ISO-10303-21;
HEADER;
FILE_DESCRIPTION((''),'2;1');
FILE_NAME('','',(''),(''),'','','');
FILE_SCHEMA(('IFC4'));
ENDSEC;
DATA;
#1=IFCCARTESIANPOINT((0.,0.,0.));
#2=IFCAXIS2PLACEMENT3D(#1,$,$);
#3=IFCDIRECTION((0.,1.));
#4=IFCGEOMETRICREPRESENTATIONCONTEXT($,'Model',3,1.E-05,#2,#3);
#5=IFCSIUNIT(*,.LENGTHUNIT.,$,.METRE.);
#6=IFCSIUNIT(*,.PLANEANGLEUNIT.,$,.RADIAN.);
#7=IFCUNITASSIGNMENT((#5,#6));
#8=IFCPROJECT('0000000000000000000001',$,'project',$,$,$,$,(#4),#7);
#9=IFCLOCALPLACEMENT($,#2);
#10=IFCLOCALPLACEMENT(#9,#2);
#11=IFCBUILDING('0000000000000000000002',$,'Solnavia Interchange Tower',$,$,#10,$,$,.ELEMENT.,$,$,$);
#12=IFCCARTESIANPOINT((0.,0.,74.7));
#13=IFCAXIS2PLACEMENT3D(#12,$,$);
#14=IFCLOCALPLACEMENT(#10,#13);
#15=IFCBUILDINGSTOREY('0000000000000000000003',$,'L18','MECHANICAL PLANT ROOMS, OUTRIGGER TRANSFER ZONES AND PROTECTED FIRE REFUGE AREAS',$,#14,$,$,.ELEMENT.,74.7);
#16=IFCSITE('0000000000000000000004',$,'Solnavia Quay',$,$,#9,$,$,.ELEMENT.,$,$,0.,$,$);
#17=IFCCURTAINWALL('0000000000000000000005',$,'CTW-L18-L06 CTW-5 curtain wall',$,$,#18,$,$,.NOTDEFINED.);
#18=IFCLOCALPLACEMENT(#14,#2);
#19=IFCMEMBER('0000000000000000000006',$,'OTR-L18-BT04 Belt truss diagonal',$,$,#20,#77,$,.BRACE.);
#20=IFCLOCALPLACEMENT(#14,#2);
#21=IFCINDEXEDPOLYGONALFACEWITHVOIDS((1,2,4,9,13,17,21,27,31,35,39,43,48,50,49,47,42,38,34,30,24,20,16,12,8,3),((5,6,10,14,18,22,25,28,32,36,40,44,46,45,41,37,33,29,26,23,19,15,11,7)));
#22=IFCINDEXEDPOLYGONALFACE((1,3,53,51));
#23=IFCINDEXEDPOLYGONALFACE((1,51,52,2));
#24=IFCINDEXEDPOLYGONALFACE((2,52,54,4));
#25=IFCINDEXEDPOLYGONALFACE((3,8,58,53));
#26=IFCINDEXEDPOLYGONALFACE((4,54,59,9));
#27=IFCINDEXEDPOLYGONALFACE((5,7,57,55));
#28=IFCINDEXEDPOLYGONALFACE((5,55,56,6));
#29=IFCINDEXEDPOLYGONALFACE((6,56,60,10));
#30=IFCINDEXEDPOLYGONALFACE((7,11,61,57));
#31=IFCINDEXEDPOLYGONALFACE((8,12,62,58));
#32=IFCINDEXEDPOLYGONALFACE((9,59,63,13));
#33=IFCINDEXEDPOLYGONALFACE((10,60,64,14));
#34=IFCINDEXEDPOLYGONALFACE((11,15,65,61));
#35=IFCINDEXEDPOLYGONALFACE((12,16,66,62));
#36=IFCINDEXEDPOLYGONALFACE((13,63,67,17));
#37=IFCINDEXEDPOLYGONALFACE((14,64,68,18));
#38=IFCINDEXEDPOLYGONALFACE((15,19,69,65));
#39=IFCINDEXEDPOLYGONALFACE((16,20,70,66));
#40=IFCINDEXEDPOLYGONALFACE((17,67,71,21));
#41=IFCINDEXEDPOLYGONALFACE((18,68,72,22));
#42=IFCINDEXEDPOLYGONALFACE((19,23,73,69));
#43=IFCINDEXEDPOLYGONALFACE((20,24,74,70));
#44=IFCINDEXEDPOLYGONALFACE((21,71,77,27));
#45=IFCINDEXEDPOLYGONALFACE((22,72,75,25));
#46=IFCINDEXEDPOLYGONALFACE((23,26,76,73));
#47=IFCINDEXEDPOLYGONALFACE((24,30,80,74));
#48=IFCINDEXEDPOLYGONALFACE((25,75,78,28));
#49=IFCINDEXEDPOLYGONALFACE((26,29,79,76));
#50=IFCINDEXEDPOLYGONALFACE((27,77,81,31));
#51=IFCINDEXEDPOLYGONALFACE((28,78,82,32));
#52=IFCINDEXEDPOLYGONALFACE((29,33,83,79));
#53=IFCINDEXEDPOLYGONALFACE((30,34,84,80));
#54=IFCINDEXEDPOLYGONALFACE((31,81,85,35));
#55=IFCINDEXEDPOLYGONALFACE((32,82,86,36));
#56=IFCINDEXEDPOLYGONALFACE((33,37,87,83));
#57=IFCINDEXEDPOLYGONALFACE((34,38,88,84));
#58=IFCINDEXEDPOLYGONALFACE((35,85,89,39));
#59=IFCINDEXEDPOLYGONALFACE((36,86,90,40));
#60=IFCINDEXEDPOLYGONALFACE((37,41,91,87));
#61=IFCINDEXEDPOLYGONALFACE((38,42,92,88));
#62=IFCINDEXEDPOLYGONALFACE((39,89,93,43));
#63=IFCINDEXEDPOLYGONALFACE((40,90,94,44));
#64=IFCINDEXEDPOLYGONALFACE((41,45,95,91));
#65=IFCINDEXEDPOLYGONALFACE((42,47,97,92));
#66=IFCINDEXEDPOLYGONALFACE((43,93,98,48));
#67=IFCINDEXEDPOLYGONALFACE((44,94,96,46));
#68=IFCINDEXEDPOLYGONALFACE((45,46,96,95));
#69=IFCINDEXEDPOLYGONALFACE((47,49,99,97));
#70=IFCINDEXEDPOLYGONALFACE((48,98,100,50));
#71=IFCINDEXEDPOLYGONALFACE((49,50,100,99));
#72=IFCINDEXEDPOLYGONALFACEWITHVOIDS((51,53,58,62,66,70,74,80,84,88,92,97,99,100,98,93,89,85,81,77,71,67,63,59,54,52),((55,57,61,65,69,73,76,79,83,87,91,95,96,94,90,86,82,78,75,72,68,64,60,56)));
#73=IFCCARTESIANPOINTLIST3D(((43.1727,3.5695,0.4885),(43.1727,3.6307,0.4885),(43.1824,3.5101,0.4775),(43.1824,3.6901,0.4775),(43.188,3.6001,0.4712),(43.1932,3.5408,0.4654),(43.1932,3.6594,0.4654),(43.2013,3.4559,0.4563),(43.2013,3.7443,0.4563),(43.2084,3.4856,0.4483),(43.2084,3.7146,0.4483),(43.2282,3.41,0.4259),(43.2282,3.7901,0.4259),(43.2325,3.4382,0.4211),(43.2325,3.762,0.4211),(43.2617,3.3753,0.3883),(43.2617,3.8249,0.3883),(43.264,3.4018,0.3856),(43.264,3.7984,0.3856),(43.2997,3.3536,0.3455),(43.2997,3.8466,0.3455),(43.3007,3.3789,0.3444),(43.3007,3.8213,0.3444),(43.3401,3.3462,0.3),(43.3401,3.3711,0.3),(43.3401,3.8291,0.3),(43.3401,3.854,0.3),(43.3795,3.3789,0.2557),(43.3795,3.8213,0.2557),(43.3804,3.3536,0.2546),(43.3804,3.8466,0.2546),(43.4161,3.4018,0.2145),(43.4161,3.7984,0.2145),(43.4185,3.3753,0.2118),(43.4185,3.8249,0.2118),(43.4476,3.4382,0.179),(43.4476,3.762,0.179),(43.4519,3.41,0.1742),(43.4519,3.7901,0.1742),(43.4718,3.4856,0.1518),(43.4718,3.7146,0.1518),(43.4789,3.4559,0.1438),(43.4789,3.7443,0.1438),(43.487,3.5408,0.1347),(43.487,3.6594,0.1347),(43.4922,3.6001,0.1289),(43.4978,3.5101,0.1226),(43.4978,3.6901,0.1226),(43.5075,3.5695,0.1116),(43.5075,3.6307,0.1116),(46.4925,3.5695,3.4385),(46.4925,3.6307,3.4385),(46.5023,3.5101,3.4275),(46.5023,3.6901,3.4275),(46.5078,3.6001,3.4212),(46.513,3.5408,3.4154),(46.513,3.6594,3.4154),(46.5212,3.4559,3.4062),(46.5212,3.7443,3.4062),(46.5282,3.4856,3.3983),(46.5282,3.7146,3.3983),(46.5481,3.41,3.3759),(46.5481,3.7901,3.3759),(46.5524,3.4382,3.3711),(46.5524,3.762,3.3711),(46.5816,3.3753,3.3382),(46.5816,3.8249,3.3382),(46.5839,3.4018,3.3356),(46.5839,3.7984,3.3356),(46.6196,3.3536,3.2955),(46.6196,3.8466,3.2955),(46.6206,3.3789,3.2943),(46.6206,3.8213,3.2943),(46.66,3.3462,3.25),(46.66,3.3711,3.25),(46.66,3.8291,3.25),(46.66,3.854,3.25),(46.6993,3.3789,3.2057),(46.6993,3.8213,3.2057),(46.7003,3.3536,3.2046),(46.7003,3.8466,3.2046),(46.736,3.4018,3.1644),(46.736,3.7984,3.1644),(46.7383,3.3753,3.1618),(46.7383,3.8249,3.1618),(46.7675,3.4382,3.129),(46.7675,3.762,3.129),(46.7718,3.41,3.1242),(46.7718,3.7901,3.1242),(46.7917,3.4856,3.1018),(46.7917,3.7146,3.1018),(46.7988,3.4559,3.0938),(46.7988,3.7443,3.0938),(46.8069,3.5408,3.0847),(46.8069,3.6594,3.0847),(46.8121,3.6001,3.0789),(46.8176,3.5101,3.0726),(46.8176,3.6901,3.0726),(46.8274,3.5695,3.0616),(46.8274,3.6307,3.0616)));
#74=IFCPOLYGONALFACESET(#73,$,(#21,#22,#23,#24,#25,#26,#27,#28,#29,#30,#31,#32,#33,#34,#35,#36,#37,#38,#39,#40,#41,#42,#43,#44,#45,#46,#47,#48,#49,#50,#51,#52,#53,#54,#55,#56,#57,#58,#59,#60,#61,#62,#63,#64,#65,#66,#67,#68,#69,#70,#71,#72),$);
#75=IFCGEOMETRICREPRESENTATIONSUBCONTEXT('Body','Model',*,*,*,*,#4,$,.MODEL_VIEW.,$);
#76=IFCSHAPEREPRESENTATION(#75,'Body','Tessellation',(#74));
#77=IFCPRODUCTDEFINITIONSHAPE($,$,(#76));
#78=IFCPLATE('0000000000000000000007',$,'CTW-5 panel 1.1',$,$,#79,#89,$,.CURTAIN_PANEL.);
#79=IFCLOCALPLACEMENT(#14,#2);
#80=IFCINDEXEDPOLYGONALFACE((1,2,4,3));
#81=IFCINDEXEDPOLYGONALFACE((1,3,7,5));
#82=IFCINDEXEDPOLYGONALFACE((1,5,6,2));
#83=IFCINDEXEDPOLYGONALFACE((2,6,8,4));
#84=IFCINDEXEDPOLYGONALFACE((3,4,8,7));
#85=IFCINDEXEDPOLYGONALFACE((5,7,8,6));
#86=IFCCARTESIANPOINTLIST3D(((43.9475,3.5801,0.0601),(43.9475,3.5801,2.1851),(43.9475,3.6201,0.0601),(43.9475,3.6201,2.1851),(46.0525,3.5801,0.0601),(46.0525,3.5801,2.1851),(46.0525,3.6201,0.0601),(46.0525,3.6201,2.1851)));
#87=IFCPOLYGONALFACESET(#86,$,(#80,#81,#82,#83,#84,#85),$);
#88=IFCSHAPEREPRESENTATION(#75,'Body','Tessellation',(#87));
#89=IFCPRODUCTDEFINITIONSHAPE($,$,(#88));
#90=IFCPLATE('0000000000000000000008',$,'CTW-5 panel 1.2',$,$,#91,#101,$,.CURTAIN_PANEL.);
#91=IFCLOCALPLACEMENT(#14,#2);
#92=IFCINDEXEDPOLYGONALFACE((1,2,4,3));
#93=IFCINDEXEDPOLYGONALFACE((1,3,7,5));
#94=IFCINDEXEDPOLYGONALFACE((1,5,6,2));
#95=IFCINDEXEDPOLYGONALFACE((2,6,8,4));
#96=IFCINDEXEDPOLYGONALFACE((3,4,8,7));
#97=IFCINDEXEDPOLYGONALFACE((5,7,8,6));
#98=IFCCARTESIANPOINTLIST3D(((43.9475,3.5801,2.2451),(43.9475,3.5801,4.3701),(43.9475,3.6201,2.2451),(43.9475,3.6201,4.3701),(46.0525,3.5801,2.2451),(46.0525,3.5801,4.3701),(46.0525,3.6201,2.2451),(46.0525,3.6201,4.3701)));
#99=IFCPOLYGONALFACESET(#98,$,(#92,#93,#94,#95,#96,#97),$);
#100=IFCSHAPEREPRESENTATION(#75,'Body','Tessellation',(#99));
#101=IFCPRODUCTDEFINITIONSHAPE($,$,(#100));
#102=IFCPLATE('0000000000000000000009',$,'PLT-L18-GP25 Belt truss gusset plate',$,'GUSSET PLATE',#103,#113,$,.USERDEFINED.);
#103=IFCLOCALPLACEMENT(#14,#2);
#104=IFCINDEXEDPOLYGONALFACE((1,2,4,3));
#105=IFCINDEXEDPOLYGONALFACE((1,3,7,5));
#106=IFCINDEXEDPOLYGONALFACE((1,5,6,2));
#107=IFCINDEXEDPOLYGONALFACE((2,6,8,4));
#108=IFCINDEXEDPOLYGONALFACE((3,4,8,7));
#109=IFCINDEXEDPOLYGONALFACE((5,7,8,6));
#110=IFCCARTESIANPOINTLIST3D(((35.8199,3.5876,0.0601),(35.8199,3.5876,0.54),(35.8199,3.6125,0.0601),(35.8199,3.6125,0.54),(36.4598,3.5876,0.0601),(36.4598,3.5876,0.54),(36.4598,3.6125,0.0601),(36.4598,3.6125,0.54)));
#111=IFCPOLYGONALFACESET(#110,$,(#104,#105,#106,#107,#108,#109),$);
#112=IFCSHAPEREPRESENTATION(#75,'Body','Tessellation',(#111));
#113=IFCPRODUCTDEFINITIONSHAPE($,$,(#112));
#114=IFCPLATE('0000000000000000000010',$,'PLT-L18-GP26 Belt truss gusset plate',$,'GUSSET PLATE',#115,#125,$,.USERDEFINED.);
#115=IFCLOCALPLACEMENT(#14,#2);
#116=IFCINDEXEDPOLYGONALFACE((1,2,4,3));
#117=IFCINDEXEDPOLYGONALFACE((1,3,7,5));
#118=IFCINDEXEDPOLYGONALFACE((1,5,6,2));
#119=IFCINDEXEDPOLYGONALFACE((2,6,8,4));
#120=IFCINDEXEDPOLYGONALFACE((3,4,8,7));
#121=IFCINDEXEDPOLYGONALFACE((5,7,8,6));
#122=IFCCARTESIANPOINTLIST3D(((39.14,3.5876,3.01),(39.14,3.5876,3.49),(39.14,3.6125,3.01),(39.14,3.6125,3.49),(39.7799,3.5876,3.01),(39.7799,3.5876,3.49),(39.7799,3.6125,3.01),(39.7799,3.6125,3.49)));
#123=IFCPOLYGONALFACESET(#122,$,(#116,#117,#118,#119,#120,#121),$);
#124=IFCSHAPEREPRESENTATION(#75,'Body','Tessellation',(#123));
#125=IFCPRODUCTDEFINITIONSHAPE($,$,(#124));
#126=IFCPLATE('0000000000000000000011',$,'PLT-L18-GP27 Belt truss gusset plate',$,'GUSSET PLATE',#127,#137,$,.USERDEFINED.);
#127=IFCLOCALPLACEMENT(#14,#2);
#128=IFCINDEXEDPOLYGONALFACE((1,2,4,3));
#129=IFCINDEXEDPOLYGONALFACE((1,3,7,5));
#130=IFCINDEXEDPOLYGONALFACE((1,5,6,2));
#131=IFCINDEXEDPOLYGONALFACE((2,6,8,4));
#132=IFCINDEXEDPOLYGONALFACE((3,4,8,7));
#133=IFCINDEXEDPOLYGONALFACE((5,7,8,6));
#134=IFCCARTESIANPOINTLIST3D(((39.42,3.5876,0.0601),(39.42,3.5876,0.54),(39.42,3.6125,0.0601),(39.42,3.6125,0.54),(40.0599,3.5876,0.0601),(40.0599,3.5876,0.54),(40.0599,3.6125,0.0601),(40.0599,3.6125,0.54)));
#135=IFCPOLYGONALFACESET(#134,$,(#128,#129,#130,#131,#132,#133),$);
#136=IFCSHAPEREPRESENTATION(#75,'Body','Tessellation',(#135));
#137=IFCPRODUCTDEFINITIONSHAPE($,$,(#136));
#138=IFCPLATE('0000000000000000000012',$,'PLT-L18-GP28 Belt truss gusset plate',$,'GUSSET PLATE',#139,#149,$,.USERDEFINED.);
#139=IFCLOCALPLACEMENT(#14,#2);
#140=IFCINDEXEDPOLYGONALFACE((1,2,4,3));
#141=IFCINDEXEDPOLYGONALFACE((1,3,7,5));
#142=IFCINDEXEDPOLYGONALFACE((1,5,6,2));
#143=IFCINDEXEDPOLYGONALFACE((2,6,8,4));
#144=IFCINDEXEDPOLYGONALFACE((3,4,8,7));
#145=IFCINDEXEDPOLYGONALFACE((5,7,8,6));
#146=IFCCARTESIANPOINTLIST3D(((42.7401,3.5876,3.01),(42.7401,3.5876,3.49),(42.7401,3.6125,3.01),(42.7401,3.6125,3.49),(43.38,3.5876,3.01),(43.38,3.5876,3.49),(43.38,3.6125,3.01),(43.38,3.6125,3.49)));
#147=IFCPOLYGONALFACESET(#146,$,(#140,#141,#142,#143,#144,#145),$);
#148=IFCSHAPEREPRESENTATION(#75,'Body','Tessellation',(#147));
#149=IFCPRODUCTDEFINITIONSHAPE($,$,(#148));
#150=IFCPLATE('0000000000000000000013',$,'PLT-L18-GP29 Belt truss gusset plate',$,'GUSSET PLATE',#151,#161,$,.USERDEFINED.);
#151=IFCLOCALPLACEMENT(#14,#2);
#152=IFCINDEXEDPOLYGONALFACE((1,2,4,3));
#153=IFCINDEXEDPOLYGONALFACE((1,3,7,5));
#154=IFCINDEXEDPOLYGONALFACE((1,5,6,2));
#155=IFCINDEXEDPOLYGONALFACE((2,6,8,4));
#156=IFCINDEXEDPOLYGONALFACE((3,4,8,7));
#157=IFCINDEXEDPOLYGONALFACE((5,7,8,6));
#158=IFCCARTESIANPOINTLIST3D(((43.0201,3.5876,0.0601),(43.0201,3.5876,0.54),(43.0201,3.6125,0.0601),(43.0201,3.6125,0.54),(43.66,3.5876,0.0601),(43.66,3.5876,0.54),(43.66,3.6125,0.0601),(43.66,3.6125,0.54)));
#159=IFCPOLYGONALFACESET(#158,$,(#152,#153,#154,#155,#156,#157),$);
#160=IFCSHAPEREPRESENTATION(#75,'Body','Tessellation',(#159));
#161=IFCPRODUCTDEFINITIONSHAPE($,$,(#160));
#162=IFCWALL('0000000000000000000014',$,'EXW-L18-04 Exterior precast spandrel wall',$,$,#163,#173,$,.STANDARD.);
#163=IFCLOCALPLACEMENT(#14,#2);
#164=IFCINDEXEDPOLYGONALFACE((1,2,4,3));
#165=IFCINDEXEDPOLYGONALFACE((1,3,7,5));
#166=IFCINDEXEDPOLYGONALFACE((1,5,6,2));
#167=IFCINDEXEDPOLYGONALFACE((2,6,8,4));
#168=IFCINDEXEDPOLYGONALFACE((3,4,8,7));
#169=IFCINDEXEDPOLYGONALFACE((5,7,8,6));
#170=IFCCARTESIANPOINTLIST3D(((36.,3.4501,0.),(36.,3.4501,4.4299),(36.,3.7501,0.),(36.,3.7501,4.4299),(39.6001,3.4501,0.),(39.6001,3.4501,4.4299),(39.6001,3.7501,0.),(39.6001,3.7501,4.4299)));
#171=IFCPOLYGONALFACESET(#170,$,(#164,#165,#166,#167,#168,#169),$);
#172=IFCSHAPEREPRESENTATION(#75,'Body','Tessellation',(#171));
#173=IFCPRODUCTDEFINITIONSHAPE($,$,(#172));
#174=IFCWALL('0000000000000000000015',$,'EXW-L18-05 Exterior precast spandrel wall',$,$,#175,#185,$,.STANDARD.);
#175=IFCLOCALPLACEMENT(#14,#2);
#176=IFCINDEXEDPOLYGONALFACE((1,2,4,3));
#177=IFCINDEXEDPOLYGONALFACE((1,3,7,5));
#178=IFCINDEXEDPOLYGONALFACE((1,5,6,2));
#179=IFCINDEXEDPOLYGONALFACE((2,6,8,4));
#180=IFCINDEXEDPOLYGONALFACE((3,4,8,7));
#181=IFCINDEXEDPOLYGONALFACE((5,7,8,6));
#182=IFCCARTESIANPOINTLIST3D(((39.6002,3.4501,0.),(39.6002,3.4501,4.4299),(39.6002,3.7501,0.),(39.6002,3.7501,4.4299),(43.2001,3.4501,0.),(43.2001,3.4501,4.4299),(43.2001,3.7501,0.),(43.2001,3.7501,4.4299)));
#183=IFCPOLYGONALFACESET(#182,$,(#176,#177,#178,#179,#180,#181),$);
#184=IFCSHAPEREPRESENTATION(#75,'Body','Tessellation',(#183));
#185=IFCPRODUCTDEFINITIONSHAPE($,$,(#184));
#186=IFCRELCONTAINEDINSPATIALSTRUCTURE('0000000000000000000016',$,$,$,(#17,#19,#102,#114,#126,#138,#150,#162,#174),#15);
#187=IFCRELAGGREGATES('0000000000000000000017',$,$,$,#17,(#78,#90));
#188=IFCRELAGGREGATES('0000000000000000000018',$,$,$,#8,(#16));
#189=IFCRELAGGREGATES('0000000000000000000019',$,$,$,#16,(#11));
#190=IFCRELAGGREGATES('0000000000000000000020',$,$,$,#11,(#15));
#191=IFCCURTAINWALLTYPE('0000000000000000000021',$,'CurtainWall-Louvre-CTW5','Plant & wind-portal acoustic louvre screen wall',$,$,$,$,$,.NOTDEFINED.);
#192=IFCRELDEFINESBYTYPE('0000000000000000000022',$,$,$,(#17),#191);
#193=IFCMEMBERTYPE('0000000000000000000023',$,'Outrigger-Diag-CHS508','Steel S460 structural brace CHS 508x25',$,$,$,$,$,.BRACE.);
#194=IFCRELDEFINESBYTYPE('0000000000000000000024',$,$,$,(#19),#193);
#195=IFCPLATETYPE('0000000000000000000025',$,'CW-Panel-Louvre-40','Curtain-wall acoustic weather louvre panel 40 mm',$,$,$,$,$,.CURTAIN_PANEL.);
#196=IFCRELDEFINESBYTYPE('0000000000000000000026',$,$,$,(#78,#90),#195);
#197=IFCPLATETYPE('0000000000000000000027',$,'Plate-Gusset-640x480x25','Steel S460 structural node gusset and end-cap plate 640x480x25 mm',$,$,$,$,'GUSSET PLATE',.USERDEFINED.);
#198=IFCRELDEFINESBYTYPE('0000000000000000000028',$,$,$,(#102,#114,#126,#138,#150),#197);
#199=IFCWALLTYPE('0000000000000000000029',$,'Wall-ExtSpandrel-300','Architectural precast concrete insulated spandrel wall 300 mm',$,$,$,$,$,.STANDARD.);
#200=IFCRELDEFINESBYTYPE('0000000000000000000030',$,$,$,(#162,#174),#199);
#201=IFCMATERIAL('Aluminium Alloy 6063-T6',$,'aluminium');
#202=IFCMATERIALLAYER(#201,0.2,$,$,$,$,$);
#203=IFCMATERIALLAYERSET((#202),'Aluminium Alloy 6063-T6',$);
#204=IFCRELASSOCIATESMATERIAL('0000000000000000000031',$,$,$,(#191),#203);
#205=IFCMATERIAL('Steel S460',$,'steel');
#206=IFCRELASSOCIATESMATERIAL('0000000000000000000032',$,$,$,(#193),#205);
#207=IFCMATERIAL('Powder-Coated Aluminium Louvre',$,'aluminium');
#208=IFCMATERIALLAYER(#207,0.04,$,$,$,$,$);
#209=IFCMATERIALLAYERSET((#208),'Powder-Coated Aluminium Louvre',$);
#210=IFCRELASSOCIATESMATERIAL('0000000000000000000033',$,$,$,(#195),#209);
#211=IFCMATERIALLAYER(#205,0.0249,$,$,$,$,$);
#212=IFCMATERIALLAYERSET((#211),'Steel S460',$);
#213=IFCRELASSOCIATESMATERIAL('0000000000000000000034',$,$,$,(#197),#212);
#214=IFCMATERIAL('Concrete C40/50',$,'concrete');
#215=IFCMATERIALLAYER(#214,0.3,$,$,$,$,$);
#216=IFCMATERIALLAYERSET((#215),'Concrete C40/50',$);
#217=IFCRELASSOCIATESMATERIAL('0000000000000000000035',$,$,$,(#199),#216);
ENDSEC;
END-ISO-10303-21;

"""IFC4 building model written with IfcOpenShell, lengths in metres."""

from ifc_helpers import new_model, si_unit, direction, frame, frame_2d, origin, origin_2d, place, context, subcontext, project, spatial, rectangle, hollow_circle, extrude, material, layer, layer_set, material_profile, profile_set, type_object, element, aggregate, save


model = new_model("IFC4")

# Units and contexts
model_context = context("Model", 3, precision=1e-05, world=origin(), true_north=direction((0.0, 1.0)))
body_context = subcontext(model_context, "Body", "Model", "MODEL_VIEW")
ifc_project = project(units=[si_unit("LENGTHUNIT", "METRE"), si_unit("PLANEANGLEUNIT", "RADIAN")], contexts=[model_context])

# Site, building, storey
site_placement = place(None, origin())
site = spatial("IfcSite", under=ifc_project, at=site_placement, Name="Solnavia Quay", CompositionType="ELEMENT", RefElevation=0.0)
building_placement = place(site_placement, origin())
building = spatial("IfcBuilding", under=site, at=building_placement, Name="Solnavia Interchange Tower", CompositionType="ELEMENT")
storey_placement = place(building_placement, frame((0.0, 0.0, 74.7)))
storey = spatial("IfcBuildingStorey", under=building, at=storey_placement, Name="L18", Description="MECHANICAL PLANT ROOMS, OUTRIGGER TRANSFER ZONES AND PROTECTED FIRE REFUGE AREAS", CompositionType="ELEMENT", Elevation=74.7)

# Shared definitions
ifc_material_1 = material(Name="Steel S460", Category="steel")

# Curtain wall
ifc_material_2 = material(Name="Aluminium Alloy 6063-T6", Category="aluminium")
ifc_layer_1 = layer(ifc_material_2, 0.2)
ifc_layer_set_1 = layer_set([ifc_layer_1], Name="Aluminium Alloy 6063-T6")
curtain_wall_type = type_object("IfcCurtainWallType", Name="CurtainWall-Louvre-CTW5", Description="Plant & wind-portal acoustic louvre screen wall", PredefinedType="NOTDEFINED", material=ifc_layer_set_1)
curtain_wall_placement = place(storey_placement, origin())
curtain_wall = element("IfcCurtainWall", 1, at=curtain_wall_placement, inside=storey, type_object=curtain_wall_type, Name="CTW-L18-L06 CTW-5 curtain wall", PredefinedType="NOTDEFINED")

# Member
ifc_material_profile_1 = material_profile(ifc_material_1, hollow_circle(Radius=0.2539, WallThickness=0.0249, at=origin_2d()), Name="CHS 508x25")
ifc_profile_set_1 = profile_set([ifc_material_profile_1], Name="Steel S460")
member_type_1 = type_object("IfcMemberType", Name="Outrigger-Diag-CHS508", Description="Steel S460 structural brace CHS 508x25", PredefinedType="BRACE", material=ifc_profile_set_1)
member_1_placement = place(storey_placement, frame((43.3401, 3.6001, 0.3), z_axis=(0.747522, 0.0, 0.664238), x_axis=(0.0, 1.0, 0.0)))
element("IfcMember", 2, at=member_1_placement, inside=storey, type_object=member_type_1, Name="OTR-L18-BT04 Belt truss diagonal", PredefinedType="BRACE", context=body_context, shape_type="SweptSolid", body=[
    extrude(hollow_circle(Radius=0.2539, WallThickness=0.0249, at=origin_2d()), origin(), (0.0, 0.0, 1.0), 4.4412),
])

# Plates
ifc_material_3 = material(Name="Powder-Coated Aluminium Louvre", Category="aluminium")
ifc_layer_2 = layer(ifc_material_3, 0.04)
ifc_layer_set_2 = layer_set([ifc_layer_2], Name="Powder-Coated Aluminium Louvre")
plate_type_1 = type_object("IfcPlateType", Name="CW-Panel-Louvre-40", Description="Curtain-wall acoustic weather louvre panel 40 mm", PredefinedType="CURTAIN_PANEL", material=ifc_layer_set_2)
plate_1_placement = place(storey_placement, frame((45.0, 3.6001, 0.0601), z_axis=(0.0, 0.0, 1.0), x_axis=(1.0, 0.0, 0.0)))
plate_1 = element("IfcPlate", 3, at=plate_1_placement, type_object=plate_type_1, Name="CTW-5 panel 1.1", PredefinedType="CURTAIN_PANEL", context=body_context, shape_type="SweptSolid", body=[
    extrude(rectangle(XDim=2.105, YDim=0.04, at=origin_2d()), origin(), (0.0, 0.0, 1.0), 2.125),
])
plate_2_placement = place(storey_placement, frame((45.0, 3.6001, 2.2451), z_axis=(0.0, 0.0, 1.0), x_axis=(1.0, 0.0, 0.0)))
plate_2 = element("IfcPlate", 4, at=plate_2_placement, type_object=plate_type_1, Name="CTW-5 panel 1.2", PredefinedType="CURTAIN_PANEL", context=body_context, shape_type="SweptSolid", body=[
    extrude(rectangle(XDim=2.105, YDim=0.04, at=origin_2d()), origin(), (0.0, 0.0, 1.0), 2.125),
])
aggregate(curtain_wall, [plate_1, plate_2])

# Plates
ifc_layer_3 = layer(ifc_material_1, 0.0249)
ifc_layer_set_3 = layer_set([ifc_layer_3], Name="Steel S460")
plate_type_2 = type_object("IfcPlateType", Name="Plate-Gusset-640x480x25", Description="Steel S460 structural node gusset and end-cap plate 640x480x25 mm", ElementType="GUSSET PLATE", PredefinedType="USERDEFINED", material=ifc_layer_set_3)
for number, where, z_axis, x_axis, name in (
    (5, (36.1399, 3.6001, 0.0601), (0.0, 0.0, 1.0), (1.0, 0.0, 0.0), "PLT-L18-GP25 Belt truss gusset plate"),
    (6, (39.46, 3.6001, 3.01), (0.0, 0.0, 1.0), (1.0, 0.0, 0.0), "PLT-L18-GP26 Belt truss gusset plate"),
    (7, (39.74, 3.6001, 0.0601), (0.0, 0.0, 1.0), (1.0, 0.0, 0.0), "PLT-L18-GP27 Belt truss gusset plate"),
    (8, (43.0601, 3.6001, 3.01), (0.0, 0.0, 1.0), (1.0, 0.0, 0.0), "PLT-L18-GP28 Belt truss gusset plate"),
    (9, (43.3401, 3.6001, 0.0601), (0.0, 0.0, 1.0), (1.0, 0.0, 0.0), "PLT-L18-GP29 Belt truss gusset plate"),
):
    element("IfcPlate", number, at=place(storey_placement, frame(where, z_axis=z_axis, x_axis=x_axis)), inside=storey, type_object=plate_type_2, Name=name, ObjectType="GUSSET PLATE", PredefinedType="USERDEFINED", context=body_context, shape_type="SweptSolid", body=[
        extrude(rectangle(XDim=0.6399, YDim=0.0249, at=origin_2d()), origin(), (0.0, 0.0, 1.0), 0.48),
    ])

# Walls
ifc_material_4 = material(Name="Concrete C40/50", Category="concrete")
ifc_layer_4 = layer(ifc_material_4, 0.3)
ifc_layer_set_4 = layer_set([ifc_layer_4], Name="Concrete C40/50")
wall_type = type_object("IfcWallType", Name="Wall-ExtSpandrel-300", Description="Architectural precast concrete insulated spandrel wall 300 mm", PredefinedType="STANDARD", material=ifc_layer_set_4)
wall_1_placement = place(storey_placement, frame((39.6001, 3.6001, 0.0), z_axis=(0.0, 0.0, 1.0), x_axis=(-1.0, 0.0, 0.0)))
element("IfcWall", 10, at=wall_1_placement, inside=storey, type_object=wall_type, Name="EXW-L18-04 Exterior precast spandrel wall", PredefinedType="STANDARD", context=body_context, shape_type="SweptSolid", body=[
    extrude(rectangle(XDim=3.6001, YDim=0.3, at=frame_2d((1.8, 0.0))), origin(), (0.0, 0.0, 1.0), 4.4299),
])
wall_2_placement = place(storey_placement, frame((43.2, 3.6001, 0.0), z_axis=(0.0, 0.0, 1.0), x_axis=(-1.0, 0.0, 0.0)))
element("IfcWall", 11, at=wall_2_placement, inside=storey, type_object=wall_type, Name="EXW-L18-05 Exterior precast spandrel wall", PredefinedType="STANDARD", context=body_context, shape_type="SweptSolid", body=[
    extrude(rectangle(XDim=3.5999, YDim=0.3, at=frame_2d((1.7998, 0.0))), origin(), (0.0, 0.0, 1.0), 4.4299),
])

save(model, "model.ifc")
